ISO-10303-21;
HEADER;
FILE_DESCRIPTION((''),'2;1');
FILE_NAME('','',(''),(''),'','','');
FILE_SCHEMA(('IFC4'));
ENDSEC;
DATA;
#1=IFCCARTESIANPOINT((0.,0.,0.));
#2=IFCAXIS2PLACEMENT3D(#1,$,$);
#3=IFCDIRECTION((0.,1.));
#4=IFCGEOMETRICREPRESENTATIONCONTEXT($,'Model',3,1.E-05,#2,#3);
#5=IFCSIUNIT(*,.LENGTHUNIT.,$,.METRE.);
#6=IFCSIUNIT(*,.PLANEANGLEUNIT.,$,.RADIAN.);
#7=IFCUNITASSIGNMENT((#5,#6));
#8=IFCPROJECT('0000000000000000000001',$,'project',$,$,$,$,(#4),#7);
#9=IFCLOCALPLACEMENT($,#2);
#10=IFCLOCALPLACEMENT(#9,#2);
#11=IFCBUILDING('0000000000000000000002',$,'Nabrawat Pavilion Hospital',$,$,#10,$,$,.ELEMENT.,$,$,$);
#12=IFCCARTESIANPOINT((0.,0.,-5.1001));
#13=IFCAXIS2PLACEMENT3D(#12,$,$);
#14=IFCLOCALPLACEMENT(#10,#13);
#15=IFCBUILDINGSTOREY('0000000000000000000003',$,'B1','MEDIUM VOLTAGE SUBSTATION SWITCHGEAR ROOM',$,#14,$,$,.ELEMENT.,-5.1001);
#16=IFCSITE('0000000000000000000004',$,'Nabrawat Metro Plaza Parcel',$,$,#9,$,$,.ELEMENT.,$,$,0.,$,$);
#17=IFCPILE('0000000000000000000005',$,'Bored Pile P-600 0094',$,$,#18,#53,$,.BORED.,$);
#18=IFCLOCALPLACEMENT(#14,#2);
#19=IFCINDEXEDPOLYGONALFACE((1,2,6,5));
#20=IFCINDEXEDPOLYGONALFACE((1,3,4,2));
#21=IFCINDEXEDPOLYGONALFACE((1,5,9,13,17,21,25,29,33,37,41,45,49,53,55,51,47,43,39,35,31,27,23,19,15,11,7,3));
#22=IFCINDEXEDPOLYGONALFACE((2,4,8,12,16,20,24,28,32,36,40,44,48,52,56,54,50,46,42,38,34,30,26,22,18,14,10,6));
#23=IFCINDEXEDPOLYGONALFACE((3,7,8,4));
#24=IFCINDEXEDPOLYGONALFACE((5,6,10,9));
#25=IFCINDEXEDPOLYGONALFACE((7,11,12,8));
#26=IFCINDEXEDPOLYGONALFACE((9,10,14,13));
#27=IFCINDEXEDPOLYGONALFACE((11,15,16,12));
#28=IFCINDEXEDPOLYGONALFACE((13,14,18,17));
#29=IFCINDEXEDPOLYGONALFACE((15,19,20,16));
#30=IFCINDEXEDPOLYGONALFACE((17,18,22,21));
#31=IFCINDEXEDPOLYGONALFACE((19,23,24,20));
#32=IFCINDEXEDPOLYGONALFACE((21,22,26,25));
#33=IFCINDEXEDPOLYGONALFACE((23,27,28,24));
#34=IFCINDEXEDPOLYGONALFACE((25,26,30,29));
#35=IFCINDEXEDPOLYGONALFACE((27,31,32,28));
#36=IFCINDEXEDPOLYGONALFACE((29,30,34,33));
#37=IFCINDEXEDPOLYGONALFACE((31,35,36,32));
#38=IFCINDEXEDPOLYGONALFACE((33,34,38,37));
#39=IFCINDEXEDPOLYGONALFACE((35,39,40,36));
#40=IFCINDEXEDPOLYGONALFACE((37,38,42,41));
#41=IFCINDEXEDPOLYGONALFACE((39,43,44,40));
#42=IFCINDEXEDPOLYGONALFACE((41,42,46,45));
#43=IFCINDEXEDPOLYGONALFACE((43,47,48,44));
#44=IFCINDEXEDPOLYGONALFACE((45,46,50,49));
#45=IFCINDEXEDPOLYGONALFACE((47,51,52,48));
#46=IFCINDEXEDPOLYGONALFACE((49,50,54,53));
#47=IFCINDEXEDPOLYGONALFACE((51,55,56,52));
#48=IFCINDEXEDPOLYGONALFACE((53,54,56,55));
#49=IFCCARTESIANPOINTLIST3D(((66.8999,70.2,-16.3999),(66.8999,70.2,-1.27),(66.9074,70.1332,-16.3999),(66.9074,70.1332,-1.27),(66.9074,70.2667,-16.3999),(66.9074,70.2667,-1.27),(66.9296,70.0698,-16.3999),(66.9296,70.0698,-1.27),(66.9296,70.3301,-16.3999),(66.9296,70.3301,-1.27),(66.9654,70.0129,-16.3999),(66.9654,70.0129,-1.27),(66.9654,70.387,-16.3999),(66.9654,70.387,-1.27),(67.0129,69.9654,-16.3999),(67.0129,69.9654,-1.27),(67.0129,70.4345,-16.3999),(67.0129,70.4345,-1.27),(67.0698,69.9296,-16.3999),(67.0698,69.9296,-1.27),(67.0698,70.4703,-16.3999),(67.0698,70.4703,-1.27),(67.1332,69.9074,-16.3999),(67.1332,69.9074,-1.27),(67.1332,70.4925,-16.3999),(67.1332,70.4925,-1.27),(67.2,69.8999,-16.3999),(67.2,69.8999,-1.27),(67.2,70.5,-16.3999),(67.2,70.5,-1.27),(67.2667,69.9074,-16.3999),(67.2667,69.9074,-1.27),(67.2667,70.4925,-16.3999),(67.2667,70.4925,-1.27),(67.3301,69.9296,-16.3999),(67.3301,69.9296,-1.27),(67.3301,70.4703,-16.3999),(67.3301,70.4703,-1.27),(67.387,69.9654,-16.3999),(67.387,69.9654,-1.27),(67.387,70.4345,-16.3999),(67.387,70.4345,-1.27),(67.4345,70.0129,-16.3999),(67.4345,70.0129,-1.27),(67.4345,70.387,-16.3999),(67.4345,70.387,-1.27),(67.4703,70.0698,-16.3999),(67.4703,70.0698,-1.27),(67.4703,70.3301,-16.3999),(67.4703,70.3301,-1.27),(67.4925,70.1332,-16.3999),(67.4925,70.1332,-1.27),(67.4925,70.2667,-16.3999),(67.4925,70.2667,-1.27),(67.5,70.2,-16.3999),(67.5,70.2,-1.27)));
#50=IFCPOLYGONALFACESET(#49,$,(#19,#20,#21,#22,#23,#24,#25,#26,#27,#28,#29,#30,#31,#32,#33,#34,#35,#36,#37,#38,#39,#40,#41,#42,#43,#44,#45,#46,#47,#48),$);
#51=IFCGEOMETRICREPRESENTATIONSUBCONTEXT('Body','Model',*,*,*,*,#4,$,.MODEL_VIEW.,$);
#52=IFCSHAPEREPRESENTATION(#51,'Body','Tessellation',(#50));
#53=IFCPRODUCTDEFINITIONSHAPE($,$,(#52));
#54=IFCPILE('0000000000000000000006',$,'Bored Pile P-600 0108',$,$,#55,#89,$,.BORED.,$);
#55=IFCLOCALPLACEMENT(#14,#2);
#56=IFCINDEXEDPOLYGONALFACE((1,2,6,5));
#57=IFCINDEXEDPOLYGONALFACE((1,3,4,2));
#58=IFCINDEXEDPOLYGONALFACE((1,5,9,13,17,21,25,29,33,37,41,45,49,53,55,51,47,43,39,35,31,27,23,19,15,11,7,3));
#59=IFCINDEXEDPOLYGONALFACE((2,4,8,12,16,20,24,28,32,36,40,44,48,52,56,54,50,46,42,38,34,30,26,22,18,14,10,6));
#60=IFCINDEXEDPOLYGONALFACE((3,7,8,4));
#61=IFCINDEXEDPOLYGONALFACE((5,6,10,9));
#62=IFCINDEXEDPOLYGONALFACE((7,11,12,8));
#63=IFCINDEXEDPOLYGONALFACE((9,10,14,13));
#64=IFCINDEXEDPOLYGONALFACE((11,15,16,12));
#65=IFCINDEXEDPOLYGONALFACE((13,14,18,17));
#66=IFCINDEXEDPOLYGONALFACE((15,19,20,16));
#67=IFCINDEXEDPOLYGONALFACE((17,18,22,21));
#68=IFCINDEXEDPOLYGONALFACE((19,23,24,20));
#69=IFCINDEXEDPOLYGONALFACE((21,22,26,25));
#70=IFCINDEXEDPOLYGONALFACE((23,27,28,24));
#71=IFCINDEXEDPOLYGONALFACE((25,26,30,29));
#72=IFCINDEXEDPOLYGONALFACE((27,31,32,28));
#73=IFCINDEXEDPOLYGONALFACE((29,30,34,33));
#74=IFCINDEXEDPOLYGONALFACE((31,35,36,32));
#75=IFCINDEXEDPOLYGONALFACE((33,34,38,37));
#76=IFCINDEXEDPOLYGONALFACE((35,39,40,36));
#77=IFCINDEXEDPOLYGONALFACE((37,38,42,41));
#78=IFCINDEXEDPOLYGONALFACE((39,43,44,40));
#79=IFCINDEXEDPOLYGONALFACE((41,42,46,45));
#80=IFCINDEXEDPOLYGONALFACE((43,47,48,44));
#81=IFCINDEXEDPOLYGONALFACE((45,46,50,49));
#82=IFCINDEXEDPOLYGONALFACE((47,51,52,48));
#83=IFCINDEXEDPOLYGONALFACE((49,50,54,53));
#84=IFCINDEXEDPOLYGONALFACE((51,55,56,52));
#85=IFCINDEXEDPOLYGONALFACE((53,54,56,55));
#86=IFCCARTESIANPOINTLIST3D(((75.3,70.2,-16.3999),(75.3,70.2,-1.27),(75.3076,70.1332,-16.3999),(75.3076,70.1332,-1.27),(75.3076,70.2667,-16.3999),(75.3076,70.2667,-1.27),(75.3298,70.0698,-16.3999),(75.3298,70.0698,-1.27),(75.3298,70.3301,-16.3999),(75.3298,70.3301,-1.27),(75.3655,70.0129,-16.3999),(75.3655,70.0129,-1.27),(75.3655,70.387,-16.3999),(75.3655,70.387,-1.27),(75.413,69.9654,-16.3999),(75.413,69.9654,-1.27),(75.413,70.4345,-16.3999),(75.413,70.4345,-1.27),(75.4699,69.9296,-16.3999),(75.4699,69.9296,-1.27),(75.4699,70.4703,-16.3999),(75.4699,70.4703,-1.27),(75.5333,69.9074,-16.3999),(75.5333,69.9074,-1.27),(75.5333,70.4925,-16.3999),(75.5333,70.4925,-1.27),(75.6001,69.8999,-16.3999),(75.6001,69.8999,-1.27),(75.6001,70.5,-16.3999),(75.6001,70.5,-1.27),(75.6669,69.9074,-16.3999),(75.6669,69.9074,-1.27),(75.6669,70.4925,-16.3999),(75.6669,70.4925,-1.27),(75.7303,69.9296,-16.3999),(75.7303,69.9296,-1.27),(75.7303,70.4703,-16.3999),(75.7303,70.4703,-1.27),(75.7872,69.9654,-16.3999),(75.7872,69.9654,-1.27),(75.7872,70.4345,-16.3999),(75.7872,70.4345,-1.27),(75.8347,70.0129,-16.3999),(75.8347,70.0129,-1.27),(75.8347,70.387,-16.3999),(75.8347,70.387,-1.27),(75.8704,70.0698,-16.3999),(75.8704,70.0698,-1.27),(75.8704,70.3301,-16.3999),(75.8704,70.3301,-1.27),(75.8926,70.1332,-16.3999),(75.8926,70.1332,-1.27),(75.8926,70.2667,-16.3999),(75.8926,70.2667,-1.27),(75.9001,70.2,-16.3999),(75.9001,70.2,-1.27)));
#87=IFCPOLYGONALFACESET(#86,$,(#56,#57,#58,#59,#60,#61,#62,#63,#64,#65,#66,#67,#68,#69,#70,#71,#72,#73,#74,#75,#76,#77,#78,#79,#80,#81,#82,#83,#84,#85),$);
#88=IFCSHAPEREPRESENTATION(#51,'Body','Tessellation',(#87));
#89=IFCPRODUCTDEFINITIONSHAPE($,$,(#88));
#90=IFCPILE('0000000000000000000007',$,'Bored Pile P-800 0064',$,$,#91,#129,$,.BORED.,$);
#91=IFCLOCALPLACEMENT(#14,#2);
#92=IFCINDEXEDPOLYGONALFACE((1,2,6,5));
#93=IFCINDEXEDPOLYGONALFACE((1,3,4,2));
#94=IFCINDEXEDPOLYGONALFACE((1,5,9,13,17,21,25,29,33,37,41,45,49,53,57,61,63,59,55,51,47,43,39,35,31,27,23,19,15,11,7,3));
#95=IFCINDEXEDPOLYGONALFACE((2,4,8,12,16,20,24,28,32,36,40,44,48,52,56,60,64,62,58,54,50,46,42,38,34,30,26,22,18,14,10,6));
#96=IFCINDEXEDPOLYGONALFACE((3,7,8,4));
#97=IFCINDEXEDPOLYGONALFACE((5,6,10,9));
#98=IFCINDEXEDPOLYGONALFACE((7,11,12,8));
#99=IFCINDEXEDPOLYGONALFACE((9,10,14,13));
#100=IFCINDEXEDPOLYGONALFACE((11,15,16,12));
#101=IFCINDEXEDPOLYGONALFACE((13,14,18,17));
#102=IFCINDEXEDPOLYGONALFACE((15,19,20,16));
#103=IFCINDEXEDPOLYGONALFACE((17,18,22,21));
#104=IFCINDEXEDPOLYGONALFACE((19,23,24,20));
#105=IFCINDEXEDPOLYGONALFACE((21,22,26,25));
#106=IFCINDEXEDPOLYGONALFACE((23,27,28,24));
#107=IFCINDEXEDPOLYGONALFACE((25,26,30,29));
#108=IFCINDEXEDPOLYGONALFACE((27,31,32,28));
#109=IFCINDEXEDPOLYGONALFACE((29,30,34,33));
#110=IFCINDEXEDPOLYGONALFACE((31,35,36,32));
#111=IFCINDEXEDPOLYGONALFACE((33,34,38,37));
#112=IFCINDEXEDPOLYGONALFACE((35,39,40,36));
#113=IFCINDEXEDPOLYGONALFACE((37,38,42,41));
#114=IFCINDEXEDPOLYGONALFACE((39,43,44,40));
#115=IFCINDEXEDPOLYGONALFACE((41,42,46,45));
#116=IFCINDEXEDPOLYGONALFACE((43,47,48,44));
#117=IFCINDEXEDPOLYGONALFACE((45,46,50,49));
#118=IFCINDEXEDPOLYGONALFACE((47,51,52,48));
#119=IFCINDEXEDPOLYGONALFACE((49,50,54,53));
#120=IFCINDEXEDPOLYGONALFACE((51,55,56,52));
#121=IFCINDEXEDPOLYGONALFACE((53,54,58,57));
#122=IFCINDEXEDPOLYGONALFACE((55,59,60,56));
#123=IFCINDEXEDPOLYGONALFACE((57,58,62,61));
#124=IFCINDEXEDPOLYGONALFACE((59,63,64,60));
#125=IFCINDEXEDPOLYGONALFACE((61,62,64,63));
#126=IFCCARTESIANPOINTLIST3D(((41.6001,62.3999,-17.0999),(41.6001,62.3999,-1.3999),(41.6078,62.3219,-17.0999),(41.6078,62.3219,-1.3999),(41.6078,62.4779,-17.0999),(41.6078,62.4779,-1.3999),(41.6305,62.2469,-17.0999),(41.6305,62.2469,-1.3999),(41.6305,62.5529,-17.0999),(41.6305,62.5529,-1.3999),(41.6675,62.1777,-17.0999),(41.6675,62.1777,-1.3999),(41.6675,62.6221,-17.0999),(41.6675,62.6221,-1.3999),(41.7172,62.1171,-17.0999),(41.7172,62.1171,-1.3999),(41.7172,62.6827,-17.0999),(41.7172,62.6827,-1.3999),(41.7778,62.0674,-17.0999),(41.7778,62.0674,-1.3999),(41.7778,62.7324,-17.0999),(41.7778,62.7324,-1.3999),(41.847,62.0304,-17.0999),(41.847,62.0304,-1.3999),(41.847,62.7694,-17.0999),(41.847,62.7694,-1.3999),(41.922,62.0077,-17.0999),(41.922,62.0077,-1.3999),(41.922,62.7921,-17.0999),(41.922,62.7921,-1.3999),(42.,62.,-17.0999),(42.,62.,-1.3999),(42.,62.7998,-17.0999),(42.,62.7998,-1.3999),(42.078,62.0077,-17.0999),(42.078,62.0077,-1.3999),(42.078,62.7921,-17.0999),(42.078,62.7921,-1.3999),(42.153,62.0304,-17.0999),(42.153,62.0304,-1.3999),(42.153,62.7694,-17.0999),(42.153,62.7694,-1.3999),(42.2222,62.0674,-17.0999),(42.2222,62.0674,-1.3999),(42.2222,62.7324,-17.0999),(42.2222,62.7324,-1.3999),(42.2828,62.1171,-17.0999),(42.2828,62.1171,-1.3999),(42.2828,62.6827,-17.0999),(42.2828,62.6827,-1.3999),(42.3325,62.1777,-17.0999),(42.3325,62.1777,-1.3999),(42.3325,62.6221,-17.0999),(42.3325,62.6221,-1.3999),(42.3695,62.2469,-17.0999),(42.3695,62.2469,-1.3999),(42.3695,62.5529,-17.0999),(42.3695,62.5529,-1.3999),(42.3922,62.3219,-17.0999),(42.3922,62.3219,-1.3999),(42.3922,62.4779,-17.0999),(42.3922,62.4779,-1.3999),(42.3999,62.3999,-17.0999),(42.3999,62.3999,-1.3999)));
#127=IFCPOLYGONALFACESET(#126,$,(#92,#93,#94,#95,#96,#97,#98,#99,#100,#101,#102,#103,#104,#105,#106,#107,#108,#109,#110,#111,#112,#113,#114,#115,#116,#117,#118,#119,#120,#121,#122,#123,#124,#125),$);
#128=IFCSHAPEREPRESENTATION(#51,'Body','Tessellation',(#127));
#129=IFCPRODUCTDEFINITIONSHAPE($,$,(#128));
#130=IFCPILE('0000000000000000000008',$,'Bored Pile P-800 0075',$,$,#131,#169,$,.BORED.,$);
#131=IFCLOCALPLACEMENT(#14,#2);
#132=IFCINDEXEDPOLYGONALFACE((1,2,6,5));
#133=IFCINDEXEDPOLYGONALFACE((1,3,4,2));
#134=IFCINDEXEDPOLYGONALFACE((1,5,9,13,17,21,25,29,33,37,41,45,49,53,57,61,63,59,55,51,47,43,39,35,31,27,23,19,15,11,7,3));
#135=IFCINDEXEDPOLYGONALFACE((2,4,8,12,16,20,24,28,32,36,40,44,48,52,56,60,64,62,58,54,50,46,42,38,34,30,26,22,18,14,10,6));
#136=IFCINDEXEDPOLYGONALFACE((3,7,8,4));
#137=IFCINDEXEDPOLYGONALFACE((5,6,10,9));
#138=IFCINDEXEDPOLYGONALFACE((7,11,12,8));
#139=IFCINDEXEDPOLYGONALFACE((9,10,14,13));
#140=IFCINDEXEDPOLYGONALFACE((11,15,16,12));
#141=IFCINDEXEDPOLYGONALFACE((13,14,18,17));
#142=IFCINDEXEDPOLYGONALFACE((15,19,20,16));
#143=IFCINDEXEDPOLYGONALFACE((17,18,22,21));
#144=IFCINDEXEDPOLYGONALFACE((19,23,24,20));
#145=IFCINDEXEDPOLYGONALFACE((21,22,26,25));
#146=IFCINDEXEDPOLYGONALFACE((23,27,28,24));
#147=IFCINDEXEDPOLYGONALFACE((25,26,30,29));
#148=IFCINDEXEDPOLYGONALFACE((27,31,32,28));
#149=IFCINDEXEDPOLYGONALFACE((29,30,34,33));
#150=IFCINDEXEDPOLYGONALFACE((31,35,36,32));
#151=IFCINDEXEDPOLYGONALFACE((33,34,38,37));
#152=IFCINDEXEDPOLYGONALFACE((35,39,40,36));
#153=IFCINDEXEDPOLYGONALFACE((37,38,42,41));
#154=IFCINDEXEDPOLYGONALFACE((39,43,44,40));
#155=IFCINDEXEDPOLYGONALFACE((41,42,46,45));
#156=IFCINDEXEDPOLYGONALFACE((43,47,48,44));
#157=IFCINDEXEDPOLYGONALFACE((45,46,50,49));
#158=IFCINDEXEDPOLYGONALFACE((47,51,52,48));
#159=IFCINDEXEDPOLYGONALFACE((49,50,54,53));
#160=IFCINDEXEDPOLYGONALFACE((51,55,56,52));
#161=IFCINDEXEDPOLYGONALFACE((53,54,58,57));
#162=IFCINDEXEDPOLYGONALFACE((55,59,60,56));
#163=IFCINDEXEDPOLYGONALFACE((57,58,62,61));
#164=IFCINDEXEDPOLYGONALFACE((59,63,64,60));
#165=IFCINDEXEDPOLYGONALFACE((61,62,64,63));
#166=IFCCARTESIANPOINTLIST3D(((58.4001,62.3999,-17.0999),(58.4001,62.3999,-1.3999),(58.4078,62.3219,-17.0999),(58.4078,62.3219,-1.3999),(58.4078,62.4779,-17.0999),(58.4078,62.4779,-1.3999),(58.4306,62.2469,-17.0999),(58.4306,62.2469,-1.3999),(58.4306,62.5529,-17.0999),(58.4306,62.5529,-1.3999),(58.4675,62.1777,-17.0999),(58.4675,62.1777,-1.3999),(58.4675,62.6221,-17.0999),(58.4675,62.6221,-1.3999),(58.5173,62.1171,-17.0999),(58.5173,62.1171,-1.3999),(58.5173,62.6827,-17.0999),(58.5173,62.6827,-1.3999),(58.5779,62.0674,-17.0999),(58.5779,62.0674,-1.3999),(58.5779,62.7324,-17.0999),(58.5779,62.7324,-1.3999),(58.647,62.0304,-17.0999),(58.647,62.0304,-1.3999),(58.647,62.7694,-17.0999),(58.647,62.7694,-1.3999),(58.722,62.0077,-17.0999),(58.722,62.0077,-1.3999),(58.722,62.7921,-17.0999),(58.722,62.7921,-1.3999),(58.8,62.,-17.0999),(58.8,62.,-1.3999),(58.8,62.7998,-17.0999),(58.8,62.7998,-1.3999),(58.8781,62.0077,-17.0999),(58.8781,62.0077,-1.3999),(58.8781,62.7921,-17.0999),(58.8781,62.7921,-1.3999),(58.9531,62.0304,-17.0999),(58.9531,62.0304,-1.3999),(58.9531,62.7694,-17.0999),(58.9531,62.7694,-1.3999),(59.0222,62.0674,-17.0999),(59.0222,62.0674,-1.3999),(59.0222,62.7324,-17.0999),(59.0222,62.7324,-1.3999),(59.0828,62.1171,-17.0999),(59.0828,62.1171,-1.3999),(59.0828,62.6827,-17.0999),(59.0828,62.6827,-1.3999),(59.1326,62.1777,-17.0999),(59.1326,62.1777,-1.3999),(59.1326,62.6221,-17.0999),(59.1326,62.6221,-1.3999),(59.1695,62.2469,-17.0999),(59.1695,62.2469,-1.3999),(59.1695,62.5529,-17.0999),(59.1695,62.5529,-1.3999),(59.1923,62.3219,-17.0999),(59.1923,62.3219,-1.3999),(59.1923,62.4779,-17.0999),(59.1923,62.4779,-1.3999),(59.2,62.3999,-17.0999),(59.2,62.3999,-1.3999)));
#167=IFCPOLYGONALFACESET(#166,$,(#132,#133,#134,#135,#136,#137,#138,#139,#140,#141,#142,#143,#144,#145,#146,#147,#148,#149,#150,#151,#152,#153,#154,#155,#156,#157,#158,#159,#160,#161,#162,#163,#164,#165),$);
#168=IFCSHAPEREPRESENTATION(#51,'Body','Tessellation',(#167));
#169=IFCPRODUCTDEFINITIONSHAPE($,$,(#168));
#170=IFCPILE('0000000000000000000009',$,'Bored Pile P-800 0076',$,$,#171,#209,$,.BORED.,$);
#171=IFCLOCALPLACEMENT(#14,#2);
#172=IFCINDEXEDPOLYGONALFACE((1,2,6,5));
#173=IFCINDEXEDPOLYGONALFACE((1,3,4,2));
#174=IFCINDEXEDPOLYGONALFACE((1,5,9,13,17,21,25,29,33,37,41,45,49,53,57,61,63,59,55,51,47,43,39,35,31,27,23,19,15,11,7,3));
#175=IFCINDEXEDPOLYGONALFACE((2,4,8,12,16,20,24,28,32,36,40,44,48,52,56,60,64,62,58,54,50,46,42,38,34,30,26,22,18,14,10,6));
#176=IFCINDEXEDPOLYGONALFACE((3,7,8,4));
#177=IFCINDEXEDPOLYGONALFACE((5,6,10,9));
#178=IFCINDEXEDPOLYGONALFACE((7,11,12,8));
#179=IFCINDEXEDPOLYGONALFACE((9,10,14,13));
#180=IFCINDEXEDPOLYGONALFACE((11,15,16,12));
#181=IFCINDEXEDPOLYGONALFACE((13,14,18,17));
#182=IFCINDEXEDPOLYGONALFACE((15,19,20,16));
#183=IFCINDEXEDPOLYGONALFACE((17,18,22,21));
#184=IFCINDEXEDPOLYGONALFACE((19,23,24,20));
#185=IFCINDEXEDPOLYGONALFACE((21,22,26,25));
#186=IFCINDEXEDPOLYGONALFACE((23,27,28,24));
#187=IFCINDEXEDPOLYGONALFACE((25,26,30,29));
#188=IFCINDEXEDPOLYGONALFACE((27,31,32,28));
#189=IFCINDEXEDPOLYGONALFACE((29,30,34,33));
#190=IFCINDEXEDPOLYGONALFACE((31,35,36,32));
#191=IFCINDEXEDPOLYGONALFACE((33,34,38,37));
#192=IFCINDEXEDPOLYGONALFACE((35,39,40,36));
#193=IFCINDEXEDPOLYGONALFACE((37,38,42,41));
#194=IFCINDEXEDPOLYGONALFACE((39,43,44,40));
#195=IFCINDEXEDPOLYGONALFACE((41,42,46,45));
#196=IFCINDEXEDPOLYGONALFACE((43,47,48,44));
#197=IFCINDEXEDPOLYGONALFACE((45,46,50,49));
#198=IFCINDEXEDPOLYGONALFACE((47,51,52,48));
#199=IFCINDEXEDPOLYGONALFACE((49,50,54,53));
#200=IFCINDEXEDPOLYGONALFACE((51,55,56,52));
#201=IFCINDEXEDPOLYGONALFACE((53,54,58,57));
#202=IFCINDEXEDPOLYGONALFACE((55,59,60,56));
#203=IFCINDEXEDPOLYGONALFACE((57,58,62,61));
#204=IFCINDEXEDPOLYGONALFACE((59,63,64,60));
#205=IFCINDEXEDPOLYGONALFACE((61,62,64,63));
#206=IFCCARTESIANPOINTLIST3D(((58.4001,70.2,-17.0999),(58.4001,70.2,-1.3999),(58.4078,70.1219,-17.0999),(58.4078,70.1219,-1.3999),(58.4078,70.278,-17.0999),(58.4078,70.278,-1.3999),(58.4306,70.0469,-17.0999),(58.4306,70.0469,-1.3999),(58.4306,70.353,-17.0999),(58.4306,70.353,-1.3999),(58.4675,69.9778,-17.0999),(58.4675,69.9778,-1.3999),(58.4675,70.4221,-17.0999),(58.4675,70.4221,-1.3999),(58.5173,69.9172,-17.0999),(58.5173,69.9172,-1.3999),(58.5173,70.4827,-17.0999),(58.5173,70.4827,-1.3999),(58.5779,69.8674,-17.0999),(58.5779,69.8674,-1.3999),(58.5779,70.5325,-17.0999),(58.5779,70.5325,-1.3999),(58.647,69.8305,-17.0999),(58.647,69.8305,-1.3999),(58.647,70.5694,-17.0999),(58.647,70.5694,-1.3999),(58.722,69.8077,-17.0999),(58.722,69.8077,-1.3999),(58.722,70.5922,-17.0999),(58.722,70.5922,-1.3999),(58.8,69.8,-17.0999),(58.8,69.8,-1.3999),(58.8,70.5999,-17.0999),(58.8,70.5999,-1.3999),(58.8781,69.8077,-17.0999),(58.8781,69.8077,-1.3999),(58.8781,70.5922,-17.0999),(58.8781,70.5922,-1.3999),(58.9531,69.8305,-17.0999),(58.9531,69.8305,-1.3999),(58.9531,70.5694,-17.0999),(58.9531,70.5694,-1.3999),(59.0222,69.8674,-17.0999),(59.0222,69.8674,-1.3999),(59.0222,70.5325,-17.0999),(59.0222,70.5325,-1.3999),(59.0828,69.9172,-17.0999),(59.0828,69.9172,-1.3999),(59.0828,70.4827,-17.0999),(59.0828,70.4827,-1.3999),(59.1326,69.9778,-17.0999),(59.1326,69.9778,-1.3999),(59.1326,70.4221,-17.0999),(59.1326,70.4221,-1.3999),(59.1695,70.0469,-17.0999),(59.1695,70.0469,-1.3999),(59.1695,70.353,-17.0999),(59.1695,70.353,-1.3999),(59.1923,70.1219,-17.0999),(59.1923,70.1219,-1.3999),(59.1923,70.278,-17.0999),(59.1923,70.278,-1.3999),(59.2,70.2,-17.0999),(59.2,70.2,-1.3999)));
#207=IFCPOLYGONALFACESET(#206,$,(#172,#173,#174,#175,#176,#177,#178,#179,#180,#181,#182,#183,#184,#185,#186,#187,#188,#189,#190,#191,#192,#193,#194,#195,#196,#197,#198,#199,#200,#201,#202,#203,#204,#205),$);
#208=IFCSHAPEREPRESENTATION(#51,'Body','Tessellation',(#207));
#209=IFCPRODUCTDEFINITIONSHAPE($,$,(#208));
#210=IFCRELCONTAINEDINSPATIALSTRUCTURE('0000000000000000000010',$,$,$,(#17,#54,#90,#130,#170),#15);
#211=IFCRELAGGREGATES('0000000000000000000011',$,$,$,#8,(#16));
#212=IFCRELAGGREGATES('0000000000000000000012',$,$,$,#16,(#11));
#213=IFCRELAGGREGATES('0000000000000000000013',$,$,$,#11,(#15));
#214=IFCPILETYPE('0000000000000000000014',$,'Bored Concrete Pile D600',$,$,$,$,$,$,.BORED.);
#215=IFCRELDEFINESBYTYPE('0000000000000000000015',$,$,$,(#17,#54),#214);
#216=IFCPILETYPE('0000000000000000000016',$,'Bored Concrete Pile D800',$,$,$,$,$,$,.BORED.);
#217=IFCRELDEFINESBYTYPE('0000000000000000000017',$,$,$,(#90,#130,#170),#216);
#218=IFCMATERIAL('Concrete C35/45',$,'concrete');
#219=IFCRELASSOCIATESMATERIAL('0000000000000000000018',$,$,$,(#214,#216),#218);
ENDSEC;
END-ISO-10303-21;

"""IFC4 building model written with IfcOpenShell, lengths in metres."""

from ifc_helpers import new_model, si_unit, direction, frame, origin, origin_2d, place, context, subcontext, project, spatial, circle, extrude, material, material_profile, profile_set, type_object, element, save


model = new_model("IFC4")

# Units and contexts
model_context = context("Model", 3, precision=1e-05, world=origin(), true_north=direction((0.0, 1.0)))
body_context = subcontext(model_context, "Body", "Model", "MODEL_VIEW")
ifc_project = project(units=[si_unit("LENGTHUNIT", "METRE"), si_unit("PLANEANGLEUNIT", "RADIAN")], contexts=[model_context])

# Site, building, storey
site_placement = place(None, origin())
site = spatial("IfcSite", under=ifc_project, at=site_placement, Name="Nabrawat Metro Plaza Parcel", CompositionType="ELEMENT", RefElevation=0.0)
building_placement = place(site_placement, origin())
building = spatial("IfcBuilding", under=site, at=building_placement, Name="Nabrawat Pavilion Hospital", CompositionType="ELEMENT")
storey_placement = place(building_placement, frame((0.0, 0.0, -5.1001)))
storey = spatial("IfcBuildingStorey", under=building, at=storey_placement, Name="B1", Description="MEDIUM VOLTAGE SUBSTATION SWITCHGEAR ROOM", CompositionType="ELEMENT", Elevation=-5.1001)

# Piles
ifc_material_1 = material(Name="Concrete C35/45", Category="concrete")
ifc_material_profile_1 = material_profile(ifc_material_1, circle(Radius=0.3, at=origin_2d()), Name="DIA 600")
ifc_profile_set_1 = profile_set([ifc_material_profile_1], Name="Concrete C35/45")
pile_type_1 = type_object("IfcPileType", Name="Bored Concrete Pile D600", PredefinedType="BORED", material=ifc_profile_set_1)
for number, where, z_axis, x_axis, name in (
    (1, (67.2, 70.2, -1.27), (0.0, 0.0, -1.0), (1.0, 0.0, 0.0), "Bored Pile P-600 0094"),
    (2, (75.6001, 70.2, -1.27), (0.0, 0.0, -1.0), (1.0, 0.0, 0.0), "Bored Pile P-600 0108"),
):
    element("IfcPile", number, at=place(storey_placement, frame(where, z_axis=z_axis, x_axis=x_axis)), inside=storey, type_object=pile_type_1, Name=name, PredefinedType="BORED", context=body_context, shape_type="SweptSolid", body=[
        extrude(circle(Radius=0.3, at=origin_2d()), origin(), (0.0, 0.0, 1.0), 15.1299),
    ])
ifc_material_profile_2 = material_profile(ifc_material_1, circle(Radius=0.3999, at=origin_2d()), Name="DIA 800")
ifc_profile_set_2 = profile_set([ifc_material_profile_2], Name="Concrete C35/45")
pile_type_2 = type_object("IfcPileType", Name="Bored Concrete Pile D800", PredefinedType="BORED", material=ifc_profile_set_2)
for number, where, z_axis, x_axis, name in (
    (3, (42.0, 62.3999, -1.3999), (0.0, 0.0, -1.0), (1.0, 0.0, 0.0), "Bored Pile P-800 0064"),
    (4, (58.8, 62.3999, -1.3999), (0.0, 0.0, -1.0), (1.0, 0.0, 0.0), "Bored Pile P-800 0075"),
    (5, (58.8, 70.2, -1.3999), (0.0, 0.0, -1.0), (1.0, 0.0, 0.0), "Bored Pile P-800 0076"),
):
    element("IfcPile", number, at=place(storey_placement, frame(where, z_axis=z_axis, x_axis=x_axis)), inside=storey, type_object=pile_type_2, Name=name, PredefinedType="BORED", context=body_context, shape_type="SweptSolid", body=[
        extrude(circle(Radius=0.3999, at=origin_2d()), origin(), (0.0, 0.0, 1.0), 15.7),
    ])

save(model, "model.ifc")
